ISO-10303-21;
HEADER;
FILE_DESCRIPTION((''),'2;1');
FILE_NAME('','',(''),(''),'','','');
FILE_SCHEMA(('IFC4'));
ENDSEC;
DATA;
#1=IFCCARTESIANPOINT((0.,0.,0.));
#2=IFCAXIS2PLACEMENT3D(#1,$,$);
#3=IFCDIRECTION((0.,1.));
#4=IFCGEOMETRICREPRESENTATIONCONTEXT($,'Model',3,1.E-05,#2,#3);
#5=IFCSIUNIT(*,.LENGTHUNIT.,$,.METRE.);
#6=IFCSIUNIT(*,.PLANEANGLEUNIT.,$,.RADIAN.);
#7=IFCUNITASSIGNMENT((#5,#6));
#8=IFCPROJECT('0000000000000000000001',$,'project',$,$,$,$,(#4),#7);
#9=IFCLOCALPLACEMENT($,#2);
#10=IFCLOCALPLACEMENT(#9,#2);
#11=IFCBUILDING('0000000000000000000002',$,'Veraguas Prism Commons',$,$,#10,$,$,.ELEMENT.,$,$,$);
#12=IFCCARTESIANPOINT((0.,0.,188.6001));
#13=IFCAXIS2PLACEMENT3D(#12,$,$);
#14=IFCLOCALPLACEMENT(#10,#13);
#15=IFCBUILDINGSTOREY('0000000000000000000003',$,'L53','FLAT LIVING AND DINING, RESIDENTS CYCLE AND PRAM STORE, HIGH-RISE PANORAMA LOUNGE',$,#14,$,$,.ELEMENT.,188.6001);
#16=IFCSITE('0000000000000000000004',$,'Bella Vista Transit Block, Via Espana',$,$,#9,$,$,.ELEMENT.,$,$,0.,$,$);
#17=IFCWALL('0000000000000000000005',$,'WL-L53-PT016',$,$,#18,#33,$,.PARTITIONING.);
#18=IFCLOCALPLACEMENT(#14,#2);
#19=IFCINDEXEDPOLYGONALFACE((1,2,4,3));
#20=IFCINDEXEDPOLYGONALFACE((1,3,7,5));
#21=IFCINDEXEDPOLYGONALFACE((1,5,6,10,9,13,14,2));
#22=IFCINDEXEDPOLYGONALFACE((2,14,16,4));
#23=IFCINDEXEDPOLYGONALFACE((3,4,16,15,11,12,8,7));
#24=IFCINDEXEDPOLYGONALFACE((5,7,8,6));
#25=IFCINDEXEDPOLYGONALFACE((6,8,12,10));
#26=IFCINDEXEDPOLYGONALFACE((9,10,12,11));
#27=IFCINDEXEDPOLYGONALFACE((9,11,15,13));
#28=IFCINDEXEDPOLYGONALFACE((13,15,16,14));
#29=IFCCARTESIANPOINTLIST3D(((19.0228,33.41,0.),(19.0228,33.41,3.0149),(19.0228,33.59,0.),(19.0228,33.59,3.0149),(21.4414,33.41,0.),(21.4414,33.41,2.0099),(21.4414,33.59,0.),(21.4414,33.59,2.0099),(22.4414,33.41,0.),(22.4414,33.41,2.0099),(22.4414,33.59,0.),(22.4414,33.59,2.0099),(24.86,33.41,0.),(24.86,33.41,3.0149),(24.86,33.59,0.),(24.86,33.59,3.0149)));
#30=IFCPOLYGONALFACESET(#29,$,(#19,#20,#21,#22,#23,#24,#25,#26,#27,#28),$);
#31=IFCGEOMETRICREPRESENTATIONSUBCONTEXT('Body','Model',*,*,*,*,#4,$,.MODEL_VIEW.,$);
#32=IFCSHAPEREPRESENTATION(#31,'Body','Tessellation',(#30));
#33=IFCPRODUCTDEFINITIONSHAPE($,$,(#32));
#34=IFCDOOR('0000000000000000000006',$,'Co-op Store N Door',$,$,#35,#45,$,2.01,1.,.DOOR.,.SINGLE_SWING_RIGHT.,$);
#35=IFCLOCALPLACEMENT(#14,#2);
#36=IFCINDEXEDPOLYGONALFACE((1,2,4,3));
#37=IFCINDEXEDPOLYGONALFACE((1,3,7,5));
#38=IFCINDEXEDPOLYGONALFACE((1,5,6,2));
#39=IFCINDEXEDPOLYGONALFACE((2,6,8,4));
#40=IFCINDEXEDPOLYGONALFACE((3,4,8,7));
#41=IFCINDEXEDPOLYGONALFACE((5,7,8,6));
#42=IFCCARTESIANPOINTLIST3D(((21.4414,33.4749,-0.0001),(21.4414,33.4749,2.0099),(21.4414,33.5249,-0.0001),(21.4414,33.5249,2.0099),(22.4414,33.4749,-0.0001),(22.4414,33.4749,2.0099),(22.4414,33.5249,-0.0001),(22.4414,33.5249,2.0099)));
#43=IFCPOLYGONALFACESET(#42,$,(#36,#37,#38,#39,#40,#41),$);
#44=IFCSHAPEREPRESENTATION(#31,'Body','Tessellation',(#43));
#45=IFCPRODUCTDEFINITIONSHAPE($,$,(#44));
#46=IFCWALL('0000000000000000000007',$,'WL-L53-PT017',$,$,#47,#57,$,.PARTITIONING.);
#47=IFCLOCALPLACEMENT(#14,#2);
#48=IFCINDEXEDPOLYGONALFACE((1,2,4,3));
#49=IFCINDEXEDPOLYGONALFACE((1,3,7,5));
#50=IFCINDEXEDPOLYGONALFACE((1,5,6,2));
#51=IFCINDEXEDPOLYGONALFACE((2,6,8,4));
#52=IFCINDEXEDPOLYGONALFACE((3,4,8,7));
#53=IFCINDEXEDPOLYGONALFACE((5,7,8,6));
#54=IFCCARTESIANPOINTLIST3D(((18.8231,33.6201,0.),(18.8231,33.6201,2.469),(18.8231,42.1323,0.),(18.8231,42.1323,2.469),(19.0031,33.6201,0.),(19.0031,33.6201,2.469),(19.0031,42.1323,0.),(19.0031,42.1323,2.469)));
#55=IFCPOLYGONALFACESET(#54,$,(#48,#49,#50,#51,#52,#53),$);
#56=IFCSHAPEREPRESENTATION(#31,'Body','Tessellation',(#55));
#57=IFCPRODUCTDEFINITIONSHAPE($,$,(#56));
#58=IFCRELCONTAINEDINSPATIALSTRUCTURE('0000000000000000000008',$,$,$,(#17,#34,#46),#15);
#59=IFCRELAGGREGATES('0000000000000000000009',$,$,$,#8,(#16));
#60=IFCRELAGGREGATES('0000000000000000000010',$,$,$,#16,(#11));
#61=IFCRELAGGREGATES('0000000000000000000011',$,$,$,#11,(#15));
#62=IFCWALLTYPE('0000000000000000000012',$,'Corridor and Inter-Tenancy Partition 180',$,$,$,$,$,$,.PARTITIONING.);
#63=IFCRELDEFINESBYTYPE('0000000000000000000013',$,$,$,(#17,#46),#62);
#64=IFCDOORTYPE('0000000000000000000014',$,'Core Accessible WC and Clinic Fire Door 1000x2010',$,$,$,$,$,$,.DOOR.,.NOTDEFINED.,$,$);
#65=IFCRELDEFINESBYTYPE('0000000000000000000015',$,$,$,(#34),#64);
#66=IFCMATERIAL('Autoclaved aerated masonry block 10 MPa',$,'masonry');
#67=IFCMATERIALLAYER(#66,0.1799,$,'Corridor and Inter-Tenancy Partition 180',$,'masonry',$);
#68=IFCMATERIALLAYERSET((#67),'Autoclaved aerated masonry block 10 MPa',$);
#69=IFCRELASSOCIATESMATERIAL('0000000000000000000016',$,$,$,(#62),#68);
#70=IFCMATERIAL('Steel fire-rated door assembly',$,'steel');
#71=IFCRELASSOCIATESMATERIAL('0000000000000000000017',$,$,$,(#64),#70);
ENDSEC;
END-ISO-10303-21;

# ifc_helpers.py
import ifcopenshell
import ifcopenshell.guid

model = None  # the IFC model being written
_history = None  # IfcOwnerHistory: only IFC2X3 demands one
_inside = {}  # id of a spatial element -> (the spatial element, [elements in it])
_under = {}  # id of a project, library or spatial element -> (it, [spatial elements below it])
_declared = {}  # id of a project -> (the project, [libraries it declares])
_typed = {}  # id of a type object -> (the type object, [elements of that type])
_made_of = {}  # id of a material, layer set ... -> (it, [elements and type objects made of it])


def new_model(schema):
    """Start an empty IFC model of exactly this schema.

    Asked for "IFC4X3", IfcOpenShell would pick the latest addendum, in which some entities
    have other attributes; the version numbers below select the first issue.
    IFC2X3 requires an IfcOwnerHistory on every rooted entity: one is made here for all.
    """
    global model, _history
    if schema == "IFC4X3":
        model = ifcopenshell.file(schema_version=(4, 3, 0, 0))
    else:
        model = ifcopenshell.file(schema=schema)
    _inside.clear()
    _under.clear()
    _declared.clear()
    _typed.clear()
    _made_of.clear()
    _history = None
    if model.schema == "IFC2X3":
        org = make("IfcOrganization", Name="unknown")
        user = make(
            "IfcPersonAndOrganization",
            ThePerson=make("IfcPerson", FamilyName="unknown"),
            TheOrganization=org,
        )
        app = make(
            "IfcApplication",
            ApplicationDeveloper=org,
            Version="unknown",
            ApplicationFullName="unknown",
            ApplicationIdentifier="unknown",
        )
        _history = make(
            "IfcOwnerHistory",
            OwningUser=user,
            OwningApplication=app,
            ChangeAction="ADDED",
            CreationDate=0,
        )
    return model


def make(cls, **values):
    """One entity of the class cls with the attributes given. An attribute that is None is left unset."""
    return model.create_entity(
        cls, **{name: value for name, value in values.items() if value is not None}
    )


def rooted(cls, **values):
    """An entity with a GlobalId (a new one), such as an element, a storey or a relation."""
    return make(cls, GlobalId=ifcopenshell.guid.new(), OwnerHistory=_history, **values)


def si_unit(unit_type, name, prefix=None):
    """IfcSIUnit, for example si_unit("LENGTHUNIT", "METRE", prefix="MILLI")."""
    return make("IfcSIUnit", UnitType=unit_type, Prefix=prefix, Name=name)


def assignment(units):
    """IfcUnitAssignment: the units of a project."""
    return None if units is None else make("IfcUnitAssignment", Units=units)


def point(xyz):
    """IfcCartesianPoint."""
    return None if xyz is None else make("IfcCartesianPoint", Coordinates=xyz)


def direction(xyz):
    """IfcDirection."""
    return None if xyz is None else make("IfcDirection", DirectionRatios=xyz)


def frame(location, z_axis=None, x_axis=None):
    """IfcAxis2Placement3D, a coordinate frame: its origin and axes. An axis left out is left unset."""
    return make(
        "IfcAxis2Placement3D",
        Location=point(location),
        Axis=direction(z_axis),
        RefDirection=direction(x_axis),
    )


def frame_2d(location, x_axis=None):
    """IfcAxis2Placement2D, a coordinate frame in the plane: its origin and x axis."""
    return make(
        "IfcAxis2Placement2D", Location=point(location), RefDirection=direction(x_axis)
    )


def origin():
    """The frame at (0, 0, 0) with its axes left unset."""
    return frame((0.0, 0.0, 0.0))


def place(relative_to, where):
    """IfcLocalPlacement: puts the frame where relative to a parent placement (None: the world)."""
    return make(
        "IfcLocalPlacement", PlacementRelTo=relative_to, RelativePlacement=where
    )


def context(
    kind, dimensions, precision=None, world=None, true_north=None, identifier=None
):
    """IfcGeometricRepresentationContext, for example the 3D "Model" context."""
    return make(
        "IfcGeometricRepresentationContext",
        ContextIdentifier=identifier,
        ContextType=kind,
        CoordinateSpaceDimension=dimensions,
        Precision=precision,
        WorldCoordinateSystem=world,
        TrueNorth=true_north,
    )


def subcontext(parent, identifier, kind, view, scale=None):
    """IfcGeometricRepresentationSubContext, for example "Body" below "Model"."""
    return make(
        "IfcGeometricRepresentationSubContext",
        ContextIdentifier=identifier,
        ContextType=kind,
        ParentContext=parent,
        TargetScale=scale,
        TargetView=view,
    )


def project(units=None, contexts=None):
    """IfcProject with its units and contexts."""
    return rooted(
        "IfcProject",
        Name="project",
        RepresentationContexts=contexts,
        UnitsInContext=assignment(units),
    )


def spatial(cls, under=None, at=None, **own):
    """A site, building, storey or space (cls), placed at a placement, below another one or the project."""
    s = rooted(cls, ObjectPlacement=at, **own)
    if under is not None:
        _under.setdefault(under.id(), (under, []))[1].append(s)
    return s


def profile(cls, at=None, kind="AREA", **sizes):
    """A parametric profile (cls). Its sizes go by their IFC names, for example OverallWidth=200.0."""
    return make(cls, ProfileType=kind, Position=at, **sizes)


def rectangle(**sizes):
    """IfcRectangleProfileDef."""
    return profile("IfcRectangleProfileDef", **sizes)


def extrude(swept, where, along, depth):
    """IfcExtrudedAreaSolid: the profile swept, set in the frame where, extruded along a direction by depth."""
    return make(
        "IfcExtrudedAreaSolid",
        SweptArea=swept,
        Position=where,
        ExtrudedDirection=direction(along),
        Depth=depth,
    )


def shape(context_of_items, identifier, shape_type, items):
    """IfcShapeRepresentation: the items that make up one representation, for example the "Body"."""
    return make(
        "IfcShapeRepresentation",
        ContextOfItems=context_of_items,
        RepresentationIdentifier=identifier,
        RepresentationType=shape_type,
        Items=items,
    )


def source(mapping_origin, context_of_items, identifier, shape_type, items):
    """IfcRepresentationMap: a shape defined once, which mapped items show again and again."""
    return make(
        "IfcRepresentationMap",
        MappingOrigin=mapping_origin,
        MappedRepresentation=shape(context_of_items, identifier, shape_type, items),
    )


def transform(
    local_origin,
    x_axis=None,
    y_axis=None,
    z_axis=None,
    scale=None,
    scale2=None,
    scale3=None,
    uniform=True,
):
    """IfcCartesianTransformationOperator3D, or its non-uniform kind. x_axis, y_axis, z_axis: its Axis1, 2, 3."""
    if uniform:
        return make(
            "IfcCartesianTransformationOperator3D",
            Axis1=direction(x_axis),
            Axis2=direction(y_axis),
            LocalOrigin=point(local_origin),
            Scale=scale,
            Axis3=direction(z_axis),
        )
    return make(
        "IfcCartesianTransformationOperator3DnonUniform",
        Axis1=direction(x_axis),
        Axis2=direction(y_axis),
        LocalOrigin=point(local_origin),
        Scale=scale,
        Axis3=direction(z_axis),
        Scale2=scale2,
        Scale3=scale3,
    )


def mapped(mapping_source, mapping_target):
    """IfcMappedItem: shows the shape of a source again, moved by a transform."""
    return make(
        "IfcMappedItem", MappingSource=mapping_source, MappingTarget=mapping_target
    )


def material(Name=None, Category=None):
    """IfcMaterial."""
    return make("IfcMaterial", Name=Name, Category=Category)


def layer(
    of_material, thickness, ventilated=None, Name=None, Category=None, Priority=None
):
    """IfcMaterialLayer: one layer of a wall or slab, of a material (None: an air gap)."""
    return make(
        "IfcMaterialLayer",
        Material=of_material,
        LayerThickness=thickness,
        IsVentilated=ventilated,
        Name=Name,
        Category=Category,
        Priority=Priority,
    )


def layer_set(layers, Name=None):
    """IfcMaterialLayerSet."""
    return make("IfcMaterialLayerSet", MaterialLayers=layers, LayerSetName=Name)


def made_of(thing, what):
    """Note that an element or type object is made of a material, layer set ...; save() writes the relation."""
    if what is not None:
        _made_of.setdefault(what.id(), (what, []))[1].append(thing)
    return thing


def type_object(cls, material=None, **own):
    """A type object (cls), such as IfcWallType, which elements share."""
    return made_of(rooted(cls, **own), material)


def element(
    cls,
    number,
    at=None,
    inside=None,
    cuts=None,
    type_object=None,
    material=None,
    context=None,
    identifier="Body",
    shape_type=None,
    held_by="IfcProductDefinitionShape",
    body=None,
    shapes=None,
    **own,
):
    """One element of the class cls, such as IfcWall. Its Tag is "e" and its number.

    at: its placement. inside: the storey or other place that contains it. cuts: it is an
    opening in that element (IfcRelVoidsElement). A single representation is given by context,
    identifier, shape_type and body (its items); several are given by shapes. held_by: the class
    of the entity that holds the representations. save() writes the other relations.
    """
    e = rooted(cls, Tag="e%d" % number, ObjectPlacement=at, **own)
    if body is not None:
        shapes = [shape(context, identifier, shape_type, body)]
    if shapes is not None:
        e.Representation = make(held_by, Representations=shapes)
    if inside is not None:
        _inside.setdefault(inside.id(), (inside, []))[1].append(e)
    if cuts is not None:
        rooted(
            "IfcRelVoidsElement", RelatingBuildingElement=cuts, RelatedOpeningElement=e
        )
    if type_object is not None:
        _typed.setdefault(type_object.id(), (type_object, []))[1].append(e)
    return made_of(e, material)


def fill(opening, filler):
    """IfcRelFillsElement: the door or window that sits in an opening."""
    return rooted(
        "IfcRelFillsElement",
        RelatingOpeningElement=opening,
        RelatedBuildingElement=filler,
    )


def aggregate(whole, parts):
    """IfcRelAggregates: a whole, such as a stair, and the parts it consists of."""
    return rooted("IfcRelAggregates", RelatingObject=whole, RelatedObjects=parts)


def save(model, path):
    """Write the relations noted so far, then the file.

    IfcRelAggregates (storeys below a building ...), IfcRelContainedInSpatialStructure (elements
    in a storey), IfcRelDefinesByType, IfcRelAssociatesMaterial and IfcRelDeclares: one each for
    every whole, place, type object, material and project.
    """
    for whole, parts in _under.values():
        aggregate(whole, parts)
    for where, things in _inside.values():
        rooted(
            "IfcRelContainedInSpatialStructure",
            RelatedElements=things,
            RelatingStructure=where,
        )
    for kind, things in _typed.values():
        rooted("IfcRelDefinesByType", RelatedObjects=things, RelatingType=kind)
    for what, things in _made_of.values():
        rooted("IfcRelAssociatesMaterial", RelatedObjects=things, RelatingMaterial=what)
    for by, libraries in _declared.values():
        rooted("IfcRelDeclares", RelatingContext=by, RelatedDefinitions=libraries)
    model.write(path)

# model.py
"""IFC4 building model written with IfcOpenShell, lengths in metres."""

from ifc_helpers import new_model, si_unit, direction, frame, frame_2d, origin, place, context, subcontext, project, spatial, rectangle, extrude, source, transform, mapped, material, layer, layer_set, type_object, element, fill, save


model = new_model("IFC4")

# Units and contexts
model_context = context("Model", 3, precision=1e-05, world=origin(), true_north=direction((0.0, 1.0)))
body_context = subcontext(model_context, "Body", "Model", "MODEL_VIEW")
ifc_project = project(units=[si_unit("LENGTHUNIT", "METRE"), si_unit("PLANEANGLEUNIT", "RADIAN")], contexts=[model_context])

# Site, building, storey
site_placement = place(None, origin())
site = spatial("IfcSite", under=ifc_project, at=site_placement, Name="Bella Vista Transit Block, Via Espana", CompositionType="ELEMENT", RefElevation=0.0)
building_placement = place(site_placement, origin())
building = spatial("IfcBuilding", under=site, at=building_placement, Name="Veraguas Prism Commons", CompositionType="ELEMENT")
storey_placement = place(building_placement, frame((0.0, 0.0, 188.6001)))
storey = spatial("IfcBuildingStorey", under=building, at=storey_placement, Name="L53", Description="FLAT LIVING AND DINING, RESIDENTS CYCLE AND PRAM STORE, HIGH-RISE PANORAMA LOUNGE", CompositionType="ELEMENT", Elevation=188.6001)

# Wall, opening, door
ifc_material_1 = material(Name="Steel fire-rated door assembly", Category="steel")
ifc_material_2 = material(Name="Autoclaved aerated masonry block 10 MPa", Category="masonry")
ifc_layer_1 = layer(ifc_material_2, 0.1799, Name="Corridor and Inter-Tenancy Partition 180", Category="masonry")
ifc_layer_set_1 = layer_set([ifc_layer_1], Name="Autoclaved aerated masonry block 10 MPa")
wall_type_1 = type_object("IfcWallType", Name="Corridor and Inter-Tenancy Partition 180", PredefinedType="PARTITIONING", material=ifc_layer_set_1)
wall_1_placement = place(storey_placement, frame((19.0229, 33.5, 0.0), z_axis=(0.0, 0.0, 1.0), x_axis=(1.0, 0.0, 0.0)))
wall_1 = element("IfcWall", 1, at=wall_1_placement, inside=storey, type_object=wall_type_1, Name="WL-L53-PT016", PredefinedType="PARTITIONING", context=body_context, shape_type="SweptSolid", body=[
    extrude(rectangle(XDim=5.8372, YDim=0.1799, at=frame_2d((2.9185, 0.0))), origin(), (0.0, 0.0, 1.0), 3.0149),
])
opening_1_placement = place(wall_1_placement, frame((2.4185, 0.0, 0.0)))
opening_1 = element("IfcOpeningElement", 2, at=opening_1_placement, cuts=wall_1, PredefinedType="OPENING", context=body_context, shape_type="SweptSolid", body=[
    extrude(rectangle(XDim=1.0, YDim=2.01, at=frame_2d((0.5, 1.0049))), frame((0.0, 0.0999, 0.0), z_axis=(0.0, -1.0, 0.0), x_axis=(1.0, 0.0, 0.0)), (0.0, 0.0, 1.0), 0.2),
])
door_type_1 = type_object("IfcDoorType", Name="Core Accessible WC and Clinic Fire Door 1000x2010", OperationType="NOTDEFINED", PredefinedType="DOOR", material=ifc_material_1)
shared_shape_1 = source(origin(), body_context, "Body", "SweptSolid", [
    extrude(rectangle(XDim=1.0, YDim=2.01, at=frame_2d((0.5, 1.0049))), frame((0.0, 0.0249, 0.0), z_axis=(0.0, -1.0, 0.0), x_axis=(1.0, 0.0, 0.0)), (0.0, 0.0, 1.0), 0.05),
])
door_1_placement = place(opening_1_placement, origin())
door_1 = element("IfcDoor", 3, at=door_1_placement, inside=storey, type_object=door_type_1, Name="Co-op Store N Door", OperationType="SINGLE_SWING_RIGHT", OverallHeight=2.01, OverallWidth=1.0, PredefinedType="DOOR", context=body_context, shape_type="MappedRepresentation", body=[
    mapped(shared_shape_1, transform((0.0, 0.0, 0.0), scale=1.0)),
])
fill(opening_1, door_1)

# Wall
wall_2_placement = place(storey_placement, frame((18.9131, 33.6201, 0.0), z_axis=(0.0, 0.0, 1.0), x_axis=(0.0, 1.0, 0.0)))
element("IfcWall", 4, at=wall_2_placement, inside=storey, type_object=wall_type_1, Name="WL-L53-PT017", PredefinedType="PARTITIONING", context=body_context, shape_type="SweptSolid", body=[
    extrude(rectangle(XDim=8.5122, YDim=0.1799, at=frame_2d((4.2561, 0.0))), origin(), (0.0, 0.0, 1.0), 2.469),
])

save(model, "model.ifc")
